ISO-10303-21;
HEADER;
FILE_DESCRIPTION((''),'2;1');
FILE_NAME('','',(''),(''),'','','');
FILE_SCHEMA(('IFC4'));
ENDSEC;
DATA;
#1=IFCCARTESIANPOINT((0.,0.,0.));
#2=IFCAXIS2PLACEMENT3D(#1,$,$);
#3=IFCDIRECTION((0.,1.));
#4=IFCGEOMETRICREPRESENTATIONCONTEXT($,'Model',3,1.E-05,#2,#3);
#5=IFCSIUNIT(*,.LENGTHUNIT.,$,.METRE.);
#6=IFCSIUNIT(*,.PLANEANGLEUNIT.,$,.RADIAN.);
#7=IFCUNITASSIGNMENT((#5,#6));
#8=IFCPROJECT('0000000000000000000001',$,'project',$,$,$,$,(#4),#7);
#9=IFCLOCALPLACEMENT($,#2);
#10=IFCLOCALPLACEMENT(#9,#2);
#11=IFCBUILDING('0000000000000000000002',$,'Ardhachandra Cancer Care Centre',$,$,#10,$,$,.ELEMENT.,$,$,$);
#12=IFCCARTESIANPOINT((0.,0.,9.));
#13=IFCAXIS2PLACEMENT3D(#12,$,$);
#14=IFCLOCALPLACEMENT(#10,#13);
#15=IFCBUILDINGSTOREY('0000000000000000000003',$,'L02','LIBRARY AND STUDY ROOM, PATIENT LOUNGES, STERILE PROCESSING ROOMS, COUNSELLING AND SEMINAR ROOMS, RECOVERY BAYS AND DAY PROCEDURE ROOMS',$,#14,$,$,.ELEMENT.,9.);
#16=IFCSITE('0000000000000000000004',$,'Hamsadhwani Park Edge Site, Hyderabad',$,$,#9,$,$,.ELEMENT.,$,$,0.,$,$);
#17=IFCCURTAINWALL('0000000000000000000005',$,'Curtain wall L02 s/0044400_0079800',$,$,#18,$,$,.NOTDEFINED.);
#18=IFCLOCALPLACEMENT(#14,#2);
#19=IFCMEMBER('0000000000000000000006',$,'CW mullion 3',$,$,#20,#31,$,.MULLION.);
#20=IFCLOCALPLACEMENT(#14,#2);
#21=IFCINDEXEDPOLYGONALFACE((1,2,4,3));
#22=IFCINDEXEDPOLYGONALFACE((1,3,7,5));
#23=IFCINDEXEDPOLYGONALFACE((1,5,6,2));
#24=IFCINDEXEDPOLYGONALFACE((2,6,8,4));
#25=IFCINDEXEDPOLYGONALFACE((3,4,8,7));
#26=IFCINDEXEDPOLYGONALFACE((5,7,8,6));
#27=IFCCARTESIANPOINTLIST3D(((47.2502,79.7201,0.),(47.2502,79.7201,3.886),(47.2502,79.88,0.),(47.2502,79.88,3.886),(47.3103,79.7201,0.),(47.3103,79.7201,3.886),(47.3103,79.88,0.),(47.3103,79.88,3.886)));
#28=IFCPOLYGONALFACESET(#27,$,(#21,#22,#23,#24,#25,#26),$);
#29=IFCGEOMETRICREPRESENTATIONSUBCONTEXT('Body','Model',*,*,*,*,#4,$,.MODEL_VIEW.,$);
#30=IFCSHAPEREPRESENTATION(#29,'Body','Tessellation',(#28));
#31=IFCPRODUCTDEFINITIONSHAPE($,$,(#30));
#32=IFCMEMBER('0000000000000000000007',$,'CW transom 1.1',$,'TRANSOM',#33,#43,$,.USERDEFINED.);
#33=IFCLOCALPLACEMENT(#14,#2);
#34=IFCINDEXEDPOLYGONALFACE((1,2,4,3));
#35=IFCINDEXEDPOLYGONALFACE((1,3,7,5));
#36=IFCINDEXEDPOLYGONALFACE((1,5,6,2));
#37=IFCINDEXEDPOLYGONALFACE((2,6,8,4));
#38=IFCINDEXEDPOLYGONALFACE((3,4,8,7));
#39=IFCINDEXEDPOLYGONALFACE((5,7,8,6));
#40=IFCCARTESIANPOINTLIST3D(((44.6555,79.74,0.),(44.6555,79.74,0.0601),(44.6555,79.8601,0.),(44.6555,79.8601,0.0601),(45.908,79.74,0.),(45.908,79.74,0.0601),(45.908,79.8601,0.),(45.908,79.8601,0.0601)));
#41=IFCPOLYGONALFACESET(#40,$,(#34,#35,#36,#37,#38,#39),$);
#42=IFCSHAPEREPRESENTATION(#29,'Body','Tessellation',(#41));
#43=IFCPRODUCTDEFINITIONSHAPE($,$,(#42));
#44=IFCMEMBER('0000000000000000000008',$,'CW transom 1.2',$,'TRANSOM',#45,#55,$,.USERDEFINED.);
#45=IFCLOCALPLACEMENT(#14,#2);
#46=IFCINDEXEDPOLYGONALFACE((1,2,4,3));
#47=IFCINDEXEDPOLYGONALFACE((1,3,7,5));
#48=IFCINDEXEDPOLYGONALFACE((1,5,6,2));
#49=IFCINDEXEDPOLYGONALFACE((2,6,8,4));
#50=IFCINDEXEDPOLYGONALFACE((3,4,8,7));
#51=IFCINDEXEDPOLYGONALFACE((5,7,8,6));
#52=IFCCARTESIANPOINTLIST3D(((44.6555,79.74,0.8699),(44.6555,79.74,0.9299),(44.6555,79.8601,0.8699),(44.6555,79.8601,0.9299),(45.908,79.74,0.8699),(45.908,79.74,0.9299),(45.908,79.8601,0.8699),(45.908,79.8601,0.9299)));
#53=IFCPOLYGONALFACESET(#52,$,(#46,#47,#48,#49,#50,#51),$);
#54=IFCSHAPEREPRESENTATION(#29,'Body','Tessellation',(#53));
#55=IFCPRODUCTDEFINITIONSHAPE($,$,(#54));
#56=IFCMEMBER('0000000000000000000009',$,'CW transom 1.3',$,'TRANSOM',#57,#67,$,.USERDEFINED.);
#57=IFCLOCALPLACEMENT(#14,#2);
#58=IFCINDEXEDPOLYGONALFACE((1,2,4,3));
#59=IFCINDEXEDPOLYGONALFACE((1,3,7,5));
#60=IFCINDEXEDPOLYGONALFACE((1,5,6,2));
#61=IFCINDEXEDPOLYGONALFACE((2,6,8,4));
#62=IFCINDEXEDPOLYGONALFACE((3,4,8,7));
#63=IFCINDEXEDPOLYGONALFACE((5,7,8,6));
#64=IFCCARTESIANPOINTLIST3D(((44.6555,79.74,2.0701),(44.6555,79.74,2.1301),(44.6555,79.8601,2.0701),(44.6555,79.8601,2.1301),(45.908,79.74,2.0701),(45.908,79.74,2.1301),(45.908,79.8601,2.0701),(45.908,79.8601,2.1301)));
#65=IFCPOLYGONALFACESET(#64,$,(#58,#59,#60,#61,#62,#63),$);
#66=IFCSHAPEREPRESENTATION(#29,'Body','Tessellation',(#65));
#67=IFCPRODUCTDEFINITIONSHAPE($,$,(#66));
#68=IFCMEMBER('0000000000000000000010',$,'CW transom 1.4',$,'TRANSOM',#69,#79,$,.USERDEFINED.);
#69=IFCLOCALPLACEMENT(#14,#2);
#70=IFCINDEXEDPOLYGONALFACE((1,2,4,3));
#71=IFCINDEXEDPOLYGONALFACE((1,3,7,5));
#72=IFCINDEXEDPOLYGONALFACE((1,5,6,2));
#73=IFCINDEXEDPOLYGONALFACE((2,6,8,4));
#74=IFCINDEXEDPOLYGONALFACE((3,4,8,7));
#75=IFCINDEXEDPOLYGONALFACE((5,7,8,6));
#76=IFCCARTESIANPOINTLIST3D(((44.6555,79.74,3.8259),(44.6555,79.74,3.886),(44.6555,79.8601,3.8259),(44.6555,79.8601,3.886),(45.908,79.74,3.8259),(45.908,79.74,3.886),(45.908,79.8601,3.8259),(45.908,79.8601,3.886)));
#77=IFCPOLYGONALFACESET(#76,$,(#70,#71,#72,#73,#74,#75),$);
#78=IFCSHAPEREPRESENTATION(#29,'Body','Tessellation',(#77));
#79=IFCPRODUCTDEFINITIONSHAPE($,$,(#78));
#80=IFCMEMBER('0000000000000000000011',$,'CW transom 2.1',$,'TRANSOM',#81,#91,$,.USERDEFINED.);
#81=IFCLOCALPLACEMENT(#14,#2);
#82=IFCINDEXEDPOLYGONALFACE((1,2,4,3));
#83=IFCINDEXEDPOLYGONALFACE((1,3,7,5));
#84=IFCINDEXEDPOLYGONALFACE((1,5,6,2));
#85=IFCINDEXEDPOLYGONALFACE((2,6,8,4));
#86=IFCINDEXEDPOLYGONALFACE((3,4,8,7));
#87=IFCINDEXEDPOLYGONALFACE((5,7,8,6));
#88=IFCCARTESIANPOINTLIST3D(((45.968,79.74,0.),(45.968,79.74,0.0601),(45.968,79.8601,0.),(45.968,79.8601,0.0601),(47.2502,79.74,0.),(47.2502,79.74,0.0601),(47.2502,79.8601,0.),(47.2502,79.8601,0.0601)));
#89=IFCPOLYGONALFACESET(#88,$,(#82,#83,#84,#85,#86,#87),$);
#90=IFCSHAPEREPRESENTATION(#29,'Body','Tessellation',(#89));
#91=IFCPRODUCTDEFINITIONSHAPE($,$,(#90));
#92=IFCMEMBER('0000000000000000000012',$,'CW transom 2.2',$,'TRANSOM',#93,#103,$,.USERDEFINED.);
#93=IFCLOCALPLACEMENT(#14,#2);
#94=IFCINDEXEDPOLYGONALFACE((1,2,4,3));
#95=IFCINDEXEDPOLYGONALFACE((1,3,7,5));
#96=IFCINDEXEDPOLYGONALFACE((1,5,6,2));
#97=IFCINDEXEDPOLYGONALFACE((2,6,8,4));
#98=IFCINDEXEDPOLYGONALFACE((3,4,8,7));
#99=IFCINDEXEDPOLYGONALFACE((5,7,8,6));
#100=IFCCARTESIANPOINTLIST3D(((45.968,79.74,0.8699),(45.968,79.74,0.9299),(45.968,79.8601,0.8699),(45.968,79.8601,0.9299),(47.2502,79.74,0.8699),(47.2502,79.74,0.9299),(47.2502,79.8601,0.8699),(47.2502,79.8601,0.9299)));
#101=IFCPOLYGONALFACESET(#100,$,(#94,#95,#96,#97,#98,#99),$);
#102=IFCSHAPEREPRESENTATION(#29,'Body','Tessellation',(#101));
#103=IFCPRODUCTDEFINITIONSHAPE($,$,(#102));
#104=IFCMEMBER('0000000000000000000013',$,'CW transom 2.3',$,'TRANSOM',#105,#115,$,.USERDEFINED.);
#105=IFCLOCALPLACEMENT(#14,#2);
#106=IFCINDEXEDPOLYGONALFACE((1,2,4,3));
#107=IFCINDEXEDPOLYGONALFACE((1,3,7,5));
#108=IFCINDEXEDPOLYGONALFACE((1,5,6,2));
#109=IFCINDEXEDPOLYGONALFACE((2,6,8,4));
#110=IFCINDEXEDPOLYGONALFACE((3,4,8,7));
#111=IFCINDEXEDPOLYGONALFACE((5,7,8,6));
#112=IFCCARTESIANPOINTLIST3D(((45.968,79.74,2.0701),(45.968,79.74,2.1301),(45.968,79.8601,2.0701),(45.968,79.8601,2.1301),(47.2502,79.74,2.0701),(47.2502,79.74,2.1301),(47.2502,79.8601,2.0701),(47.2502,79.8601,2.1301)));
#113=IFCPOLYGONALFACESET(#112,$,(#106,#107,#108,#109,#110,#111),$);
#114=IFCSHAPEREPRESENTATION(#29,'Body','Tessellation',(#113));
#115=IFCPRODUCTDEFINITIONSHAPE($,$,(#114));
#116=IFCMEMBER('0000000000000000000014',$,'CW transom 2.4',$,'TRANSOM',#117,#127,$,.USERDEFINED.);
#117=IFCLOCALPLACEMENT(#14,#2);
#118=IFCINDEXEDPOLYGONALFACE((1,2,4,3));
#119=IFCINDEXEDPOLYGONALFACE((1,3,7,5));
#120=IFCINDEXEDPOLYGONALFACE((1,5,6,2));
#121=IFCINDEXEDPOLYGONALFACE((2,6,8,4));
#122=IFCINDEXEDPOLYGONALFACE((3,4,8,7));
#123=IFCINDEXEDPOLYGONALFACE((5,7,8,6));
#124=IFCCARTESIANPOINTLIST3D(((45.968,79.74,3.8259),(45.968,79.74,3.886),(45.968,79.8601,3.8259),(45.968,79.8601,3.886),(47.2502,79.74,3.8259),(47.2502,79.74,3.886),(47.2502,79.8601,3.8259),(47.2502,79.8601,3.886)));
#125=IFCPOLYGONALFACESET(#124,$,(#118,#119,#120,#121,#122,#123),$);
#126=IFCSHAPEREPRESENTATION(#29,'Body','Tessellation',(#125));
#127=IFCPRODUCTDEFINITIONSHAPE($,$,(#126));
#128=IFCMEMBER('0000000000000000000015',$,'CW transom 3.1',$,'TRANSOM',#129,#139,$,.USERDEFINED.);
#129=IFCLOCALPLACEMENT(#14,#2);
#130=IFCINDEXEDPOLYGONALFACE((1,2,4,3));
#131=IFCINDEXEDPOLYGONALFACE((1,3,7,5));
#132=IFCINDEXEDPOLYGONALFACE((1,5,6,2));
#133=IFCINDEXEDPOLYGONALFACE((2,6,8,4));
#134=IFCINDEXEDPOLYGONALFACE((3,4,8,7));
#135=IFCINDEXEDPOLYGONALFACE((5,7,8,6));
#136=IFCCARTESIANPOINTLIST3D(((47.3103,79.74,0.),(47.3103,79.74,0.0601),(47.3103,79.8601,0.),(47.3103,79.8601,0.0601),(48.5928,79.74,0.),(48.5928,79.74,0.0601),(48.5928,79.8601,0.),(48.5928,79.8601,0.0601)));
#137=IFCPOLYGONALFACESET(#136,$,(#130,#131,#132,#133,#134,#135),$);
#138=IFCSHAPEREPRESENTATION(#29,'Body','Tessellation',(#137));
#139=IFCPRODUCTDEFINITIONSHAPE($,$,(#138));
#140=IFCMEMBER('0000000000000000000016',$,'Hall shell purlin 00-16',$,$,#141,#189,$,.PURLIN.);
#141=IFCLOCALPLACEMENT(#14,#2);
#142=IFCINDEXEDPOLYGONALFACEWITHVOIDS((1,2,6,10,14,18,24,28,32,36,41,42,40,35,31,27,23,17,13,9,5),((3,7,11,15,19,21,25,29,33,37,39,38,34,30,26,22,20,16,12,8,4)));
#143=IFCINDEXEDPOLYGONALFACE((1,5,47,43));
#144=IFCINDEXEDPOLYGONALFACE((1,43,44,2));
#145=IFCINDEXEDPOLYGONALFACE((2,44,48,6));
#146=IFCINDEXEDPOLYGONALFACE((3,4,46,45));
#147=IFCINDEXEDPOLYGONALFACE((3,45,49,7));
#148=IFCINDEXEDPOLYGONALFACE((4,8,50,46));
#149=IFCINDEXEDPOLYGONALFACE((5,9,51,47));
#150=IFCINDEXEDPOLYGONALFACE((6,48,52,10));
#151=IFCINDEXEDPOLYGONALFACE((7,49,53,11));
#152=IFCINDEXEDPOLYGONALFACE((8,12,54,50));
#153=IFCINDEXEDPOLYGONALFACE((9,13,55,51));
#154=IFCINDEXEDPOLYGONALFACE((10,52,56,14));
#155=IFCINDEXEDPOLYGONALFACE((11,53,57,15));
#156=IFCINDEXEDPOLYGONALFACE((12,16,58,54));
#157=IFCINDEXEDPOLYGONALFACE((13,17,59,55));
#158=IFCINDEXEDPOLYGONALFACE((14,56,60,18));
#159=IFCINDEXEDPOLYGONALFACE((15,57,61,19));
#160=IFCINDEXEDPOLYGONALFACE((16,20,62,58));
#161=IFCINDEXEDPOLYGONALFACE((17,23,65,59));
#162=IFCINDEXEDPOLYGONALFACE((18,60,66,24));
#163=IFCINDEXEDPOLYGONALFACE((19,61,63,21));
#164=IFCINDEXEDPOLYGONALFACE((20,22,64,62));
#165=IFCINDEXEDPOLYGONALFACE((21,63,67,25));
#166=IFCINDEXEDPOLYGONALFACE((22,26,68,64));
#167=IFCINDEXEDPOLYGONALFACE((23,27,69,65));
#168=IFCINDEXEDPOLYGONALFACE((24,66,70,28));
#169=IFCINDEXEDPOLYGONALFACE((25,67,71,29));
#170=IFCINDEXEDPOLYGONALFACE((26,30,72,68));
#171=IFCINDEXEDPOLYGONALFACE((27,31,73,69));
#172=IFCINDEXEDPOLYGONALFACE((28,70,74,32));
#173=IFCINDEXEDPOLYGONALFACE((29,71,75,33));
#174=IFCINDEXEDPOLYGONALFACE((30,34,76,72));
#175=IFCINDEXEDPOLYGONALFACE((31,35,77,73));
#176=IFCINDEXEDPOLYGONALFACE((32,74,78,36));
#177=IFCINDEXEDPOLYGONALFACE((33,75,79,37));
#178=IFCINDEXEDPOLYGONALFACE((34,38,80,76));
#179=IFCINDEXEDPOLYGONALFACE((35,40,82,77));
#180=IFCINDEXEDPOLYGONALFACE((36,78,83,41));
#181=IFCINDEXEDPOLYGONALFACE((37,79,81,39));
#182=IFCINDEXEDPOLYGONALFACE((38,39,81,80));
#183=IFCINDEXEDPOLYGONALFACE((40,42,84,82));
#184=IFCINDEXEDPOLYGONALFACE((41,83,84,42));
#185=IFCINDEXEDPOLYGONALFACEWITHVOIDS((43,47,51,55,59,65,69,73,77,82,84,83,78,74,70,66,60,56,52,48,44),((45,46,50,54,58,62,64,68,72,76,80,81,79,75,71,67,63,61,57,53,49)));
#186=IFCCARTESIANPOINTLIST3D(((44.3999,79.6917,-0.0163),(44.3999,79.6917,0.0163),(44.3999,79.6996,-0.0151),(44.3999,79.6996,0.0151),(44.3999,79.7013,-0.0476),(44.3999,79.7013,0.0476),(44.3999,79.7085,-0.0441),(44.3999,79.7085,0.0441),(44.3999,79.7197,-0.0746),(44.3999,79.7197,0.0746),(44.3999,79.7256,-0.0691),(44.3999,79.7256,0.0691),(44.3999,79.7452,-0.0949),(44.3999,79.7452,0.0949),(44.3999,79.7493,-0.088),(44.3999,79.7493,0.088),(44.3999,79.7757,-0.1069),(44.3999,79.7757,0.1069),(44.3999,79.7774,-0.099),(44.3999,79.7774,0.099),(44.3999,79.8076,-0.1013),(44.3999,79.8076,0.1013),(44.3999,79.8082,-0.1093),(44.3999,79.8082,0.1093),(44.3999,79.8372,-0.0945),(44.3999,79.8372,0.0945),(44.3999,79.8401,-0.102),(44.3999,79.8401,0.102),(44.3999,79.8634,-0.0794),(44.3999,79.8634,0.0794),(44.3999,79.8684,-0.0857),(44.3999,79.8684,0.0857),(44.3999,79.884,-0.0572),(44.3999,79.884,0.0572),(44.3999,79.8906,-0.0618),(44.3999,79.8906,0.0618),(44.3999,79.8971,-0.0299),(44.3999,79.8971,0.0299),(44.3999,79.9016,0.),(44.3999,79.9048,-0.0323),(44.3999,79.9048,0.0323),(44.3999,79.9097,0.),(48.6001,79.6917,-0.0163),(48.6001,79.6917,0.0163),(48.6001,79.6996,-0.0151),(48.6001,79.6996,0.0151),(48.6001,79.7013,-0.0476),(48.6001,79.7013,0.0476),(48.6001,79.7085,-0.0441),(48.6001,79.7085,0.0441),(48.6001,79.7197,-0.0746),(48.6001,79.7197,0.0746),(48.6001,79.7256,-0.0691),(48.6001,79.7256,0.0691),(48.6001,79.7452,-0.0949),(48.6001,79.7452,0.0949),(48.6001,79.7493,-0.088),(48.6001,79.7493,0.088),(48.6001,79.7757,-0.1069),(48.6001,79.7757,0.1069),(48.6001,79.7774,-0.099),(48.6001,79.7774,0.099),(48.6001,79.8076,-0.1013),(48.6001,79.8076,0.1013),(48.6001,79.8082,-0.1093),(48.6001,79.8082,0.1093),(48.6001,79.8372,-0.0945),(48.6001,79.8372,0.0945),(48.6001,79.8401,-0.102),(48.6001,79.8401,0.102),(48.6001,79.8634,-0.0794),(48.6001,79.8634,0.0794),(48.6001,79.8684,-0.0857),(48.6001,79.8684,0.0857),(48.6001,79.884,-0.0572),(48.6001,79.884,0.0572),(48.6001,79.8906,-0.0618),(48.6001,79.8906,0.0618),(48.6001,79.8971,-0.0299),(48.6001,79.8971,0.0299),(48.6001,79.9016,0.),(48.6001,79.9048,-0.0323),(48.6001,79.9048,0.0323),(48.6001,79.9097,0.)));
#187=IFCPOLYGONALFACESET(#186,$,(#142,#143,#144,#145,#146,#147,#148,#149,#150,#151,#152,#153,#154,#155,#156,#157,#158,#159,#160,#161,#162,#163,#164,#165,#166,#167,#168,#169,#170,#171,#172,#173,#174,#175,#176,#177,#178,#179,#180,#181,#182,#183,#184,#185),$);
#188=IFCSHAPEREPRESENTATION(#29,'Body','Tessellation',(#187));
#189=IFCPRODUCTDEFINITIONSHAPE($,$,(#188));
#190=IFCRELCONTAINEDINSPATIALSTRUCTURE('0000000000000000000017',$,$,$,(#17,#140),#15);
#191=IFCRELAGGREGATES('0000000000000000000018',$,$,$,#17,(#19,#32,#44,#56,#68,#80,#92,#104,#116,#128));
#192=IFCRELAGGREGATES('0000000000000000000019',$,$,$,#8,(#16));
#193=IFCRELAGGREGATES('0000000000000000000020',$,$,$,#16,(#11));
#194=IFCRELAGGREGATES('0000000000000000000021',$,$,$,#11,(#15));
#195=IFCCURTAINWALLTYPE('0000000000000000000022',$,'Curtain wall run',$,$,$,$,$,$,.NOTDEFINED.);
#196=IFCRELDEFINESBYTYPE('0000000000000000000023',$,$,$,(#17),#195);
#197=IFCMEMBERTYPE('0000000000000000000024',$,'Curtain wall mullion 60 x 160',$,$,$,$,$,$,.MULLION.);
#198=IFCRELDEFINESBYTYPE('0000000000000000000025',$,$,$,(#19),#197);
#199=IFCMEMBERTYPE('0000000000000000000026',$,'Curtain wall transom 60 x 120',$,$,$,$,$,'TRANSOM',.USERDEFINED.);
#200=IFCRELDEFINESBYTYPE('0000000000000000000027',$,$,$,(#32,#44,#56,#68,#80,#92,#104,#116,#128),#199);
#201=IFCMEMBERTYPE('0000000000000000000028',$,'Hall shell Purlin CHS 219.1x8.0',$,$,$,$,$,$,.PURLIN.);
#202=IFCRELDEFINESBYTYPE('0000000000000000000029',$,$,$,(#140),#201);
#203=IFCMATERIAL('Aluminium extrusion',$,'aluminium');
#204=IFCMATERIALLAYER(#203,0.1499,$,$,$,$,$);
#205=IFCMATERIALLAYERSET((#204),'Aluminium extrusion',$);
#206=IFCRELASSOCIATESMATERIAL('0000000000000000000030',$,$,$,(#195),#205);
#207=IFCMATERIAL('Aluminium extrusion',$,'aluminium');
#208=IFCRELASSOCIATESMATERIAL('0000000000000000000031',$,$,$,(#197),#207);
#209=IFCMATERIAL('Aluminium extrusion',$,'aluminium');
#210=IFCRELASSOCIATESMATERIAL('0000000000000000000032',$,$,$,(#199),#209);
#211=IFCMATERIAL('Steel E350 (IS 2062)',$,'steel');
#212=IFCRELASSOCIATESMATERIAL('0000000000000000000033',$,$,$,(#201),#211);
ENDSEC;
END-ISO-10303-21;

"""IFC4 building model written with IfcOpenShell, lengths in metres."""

from ifc_helpers import new_model, si_unit, direction, frame, origin, origin_2d, place, context, subcontext, project, spatial, rectangle, hollow_circle, extrude, material, layer, layer_set, material_profile, profile_set, type_object, element, aggregate, save


model = new_model("IFC4")

# Units and contexts
model_context = context("Model", 3, precision=1e-05, world=origin(), true_north=direction((0.0, 1.0)))
body_context = subcontext(model_context, "Body", "Model", "MODEL_VIEW")
ifc_project = project(units=[si_unit("LENGTHUNIT", "METRE"), si_unit("PLANEANGLEUNIT", "RADIAN")], contexts=[model_context])

# Site, building, storey
site_placement = place(None, origin())
site = spatial("IfcSite", under=ifc_project, at=site_placement, Name="Hamsadhwani Park Edge Site, Hyderabad", CompositionType="ELEMENT", RefElevation=0.0)
building_placement = place(site_placement, origin())
building = spatial("IfcBuilding", under=site, at=building_placement, Name="Ardhachandra Cancer Care Centre", CompositionType="ELEMENT")
storey_placement = place(building_placement, frame((0.0, 0.0, 9.0)))
storey = spatial("IfcBuildingStorey", under=building, at=storey_placement, Name="L02", Description="LIBRARY AND STUDY ROOM, PATIENT LOUNGES, STERILE PROCESSING ROOMS, COUNSELLING AND SEMINAR ROOMS, RECOVERY BAYS AND DAY PROCEDURE ROOMS", CompositionType="ELEMENT", Elevation=9.0)

# Shared definitions
ifc_material_1 = material(Name="Aluminium extrusion", Category="aluminium")
ifc_layer_1 = layer(ifc_material_1, 0.1499)
ifc_layer_set_1 = layer_set([ifc_layer_1], Name="Aluminium extrusion")
curtain_wall_type = type_object("IfcCurtainWallType", Name="Curtain wall run", PredefinedType="NOTDEFINED", material=ifc_layer_set_1)
ifc_material_2 = material(Name="Aluminium extrusion", Category="aluminium")
ifc_material_profile_1 = material_profile(ifc_material_2, rectangle(XDim=0.1599, YDim=0.0601, at=origin_2d()), Name="Curtain wall mullion 60 x 160")
ifc_profile_set_1 = profile_set([ifc_material_profile_1], Name="Aluminium extrusion")
member_type_1 = type_object("IfcMemberType", Name="Curtain wall mullion 60 x 160", PredefinedType="MULLION", material=ifc_profile_set_1)

# Curtain wall, members
curtain_wall_1_placement = place(storey_placement, origin())
curtain_wall_1 = element("IfcCurtainWall", 1, at=curtain_wall_1_placement, inside=storey, type_object=curtain_wall_type, Name="Curtain wall L02 s/0044400_0079800", PredefinedType="NOTDEFINED")
member_1_placement = place(storey_placement, frame((47.2803, 79.8, 0.0), z_axis=(0.0, 0.0, 1.0), x_axis=(0.0, 1.0, 0.0)))
member_1 = element("IfcMember", 2, at=member_1_placement, type_object=member_type_1, Name="CW mullion 3", PredefinedType="MULLION", context=body_context, shape_type="SweptSolid", body=[
    extrude(rectangle(XDim=0.1599, YDim=0.0601, at=origin_2d()), origin(), (0.0, 0.0, 1.0), 3.886),
])
ifc_material_3 = material(Name="Aluminium extrusion", Category="aluminium")
ifc_material_profile_2 = material_profile(ifc_material_3, rectangle(XDim=0.1201, YDim=0.0601, at=origin_2d()), Name="Curtain wall transom 60 x 120")
ifc_profile_set_2 = profile_set([ifc_material_profile_2], Name="Aluminium extrusion")
member_type_2 = type_object("IfcMemberType", Name="Curtain wall transom 60 x 120", ElementType="TRANSOM", PredefinedType="USERDEFINED", material=ifc_profile_set_2)
member_2_placement = place(storey_placement, frame((44.6555, 79.8, 0.03), z_axis=(1.0, 0.0, 0.0), x_axis=(0.0, 1.0, 0.0)))
member_2 = element("IfcMember", 3, at=member_2_placement, type_object=member_type_2, Name="CW transom 1.1", ObjectType="TRANSOM", PredefinedType="USERDEFINED", context=body_context, shape_type="SweptSolid", body=[
    extrude(rectangle(XDim=0.1201, YDim=0.0601, at=origin_2d()), origin(), (0.0, 0.0, 1.0), 1.2524),
])
member_3_placement = place(storey_placement, frame((44.6555, 79.8, 0.8999), z_axis=(1.0, 0.0, 0.0), x_axis=(0.0, 1.0, 0.0)))
member_3 = element("IfcMember", 4, at=member_3_placement, type_object=member_type_2, Name="CW transom 1.2", ObjectType="TRANSOM", PredefinedType="USERDEFINED", context=body_context, shape_type="SweptSolid", body=[
    extrude(rectangle(XDim=0.1201, YDim=0.0601, at=origin_2d()), origin(), (0.0, 0.0, 1.0), 1.2524),
])
member_4_placement = place(storey_placement, frame((44.6555, 79.8, 2.1001), z_axis=(1.0, 0.0, 0.0), x_axis=(0.0, 1.0, 0.0)))
member_4 = element("IfcMember", 5, at=member_4_placement, type_object=member_type_2, Name="CW transom 1.3", ObjectType="TRANSOM", PredefinedType="USERDEFINED", context=body_context, shape_type="SweptSolid", body=[
    extrude(rectangle(XDim=0.1201, YDim=0.0601, at=origin_2d()), origin(), (0.0, 0.0, 1.0), 1.2524),
])
member_5_placement = place(storey_placement, frame((44.6555, 79.8, 3.856), z_axis=(1.0, 0.0, 0.0), x_axis=(0.0, 1.0, 0.0)))
member_5 = element("IfcMember", 6, at=member_5_placement, type_object=member_type_2, Name="CW transom 1.4", ObjectType="TRANSOM", PredefinedType="USERDEFINED", context=body_context, shape_type="SweptSolid", body=[
    extrude(rectangle(XDim=0.1201, YDim=0.0601, at=origin_2d()), origin(), (0.0, 0.0, 1.0), 1.2524),
])
member_6_placement = place(storey_placement, frame((45.968, 79.8, 0.03), z_axis=(1.0, 0.0, 0.0), x_axis=(0.0, 1.0, 0.0)))
member_6 = element("IfcMember", 7, at=member_6_placement, type_object=member_type_2, Name="CW transom 2.1", ObjectType="TRANSOM", PredefinedType="USERDEFINED", context=body_context, shape_type="SweptSolid", body=[
    extrude(rectangle(XDim=0.1201, YDim=0.0601, at=origin_2d()), origin(), (0.0, 0.0, 1.0), 1.2822),
])
member_7_placement = place(storey_placement, frame((45.968, 79.8, 0.8999), z_axis=(1.0, 0.0, 0.0), x_axis=(0.0, 1.0, 0.0)))
member_7 = element("IfcMember", 8, at=member_7_placement, type_object=member_type_2, Name="CW transom 2.2", ObjectType="TRANSOM", PredefinedType="USERDEFINED", context=body_context, shape_type="SweptSolid", body=[
    extrude(rectangle(XDim=0.1201, YDim=0.0601, at=origin_2d()), origin(), (0.0, 0.0, 1.0), 1.2822),
])
member_8_placement = place(storey_placement, frame((45.968, 79.8, 2.1001), z_axis=(1.0, 0.0, 0.0), x_axis=(0.0, 1.0, 0.0)))
member_8 = element("IfcMember", 9, at=member_8_placement, type_object=member_type_2, Name="CW transom 2.3", ObjectType="TRANSOM", PredefinedType="USERDEFINED", context=body_context, shape_type="SweptSolid", body=[
    extrude(rectangle(XDim=0.1201, YDim=0.0601, at=origin_2d()), origin(), (0.0, 0.0, 1.0), 1.2822),
])
member_9_placement = place(storey_placement, frame((45.968, 79.8, 3.856), z_axis=(1.0, 0.0, 0.0), x_axis=(0.0, 1.0, 0.0)))
member_9 = element("IfcMember", 10, at=member_9_placement, type_object=member_type_2, Name="CW transom 2.4", ObjectType="TRANSOM", PredefinedType="USERDEFINED", context=body_context, shape_type="SweptSolid", body=[
    extrude(rectangle(XDim=0.1201, YDim=0.0601, at=origin_2d()), origin(), (0.0, 0.0, 1.0), 1.2822),
])
member_10_placement = place(storey_placement, frame((47.3103, 79.8, 0.03), z_axis=(1.0, 0.0, 0.0), x_axis=(0.0, 1.0, 0.0)))
member_10 = element("IfcMember", 11, at=member_10_placement, type_object=member_type_2, Name="CW transom 3.1", ObjectType="TRANSOM", PredefinedType="USERDEFINED", context=body_context, shape_type="SweptSolid", body=[
    extrude(rectangle(XDim=0.1201, YDim=0.0601, at=origin_2d()), origin(), (0.0, 0.0, 1.0), 1.2825),
])

# Member
ifc_material_4 = material(Name="Steel E350 (IS 2062)", Category="steel")
ifc_material_profile_3 = material_profile(ifc_material_4, hollow_circle(Radius=0.1096, WallThickness=0.0081, at=origin_2d()), Name="CHS 219.1x8.0")
ifc_profile_set_3 = profile_set([ifc_material_profile_3], Name="Steel E350 (IS 2062)")
member_type_3 = type_object("IfcMemberType", Name="Hall shell Purlin CHS 219.1x8.0", PredefinedType="PURLIN", material=ifc_profile_set_3)
member_11_placement = place(storey_placement, frame((44.3999, 79.8, 0.0), z_axis=(1.0, 0.0, 0.0), x_axis=(0.0, 1.0, 0.0)))
element("IfcMember", 12, at=member_11_placement, inside=storey, type_object=member_type_3, Name="Hall shell purlin 00-16", PredefinedType="PURLIN", context=body_context, shape_type="SweptSolid", body=[
    extrude(hollow_circle(Radius=0.1096, WallThickness=0.0081, at=origin_2d()), origin(), (0.0, 0.0, 1.0), 4.2002),
])

aggregate(curtain_wall_1, [member_1, member_2, member_3, member_4, member_5, member_6, member_7, member_8, member_9, member_10])

save(model, "model.ifc")
